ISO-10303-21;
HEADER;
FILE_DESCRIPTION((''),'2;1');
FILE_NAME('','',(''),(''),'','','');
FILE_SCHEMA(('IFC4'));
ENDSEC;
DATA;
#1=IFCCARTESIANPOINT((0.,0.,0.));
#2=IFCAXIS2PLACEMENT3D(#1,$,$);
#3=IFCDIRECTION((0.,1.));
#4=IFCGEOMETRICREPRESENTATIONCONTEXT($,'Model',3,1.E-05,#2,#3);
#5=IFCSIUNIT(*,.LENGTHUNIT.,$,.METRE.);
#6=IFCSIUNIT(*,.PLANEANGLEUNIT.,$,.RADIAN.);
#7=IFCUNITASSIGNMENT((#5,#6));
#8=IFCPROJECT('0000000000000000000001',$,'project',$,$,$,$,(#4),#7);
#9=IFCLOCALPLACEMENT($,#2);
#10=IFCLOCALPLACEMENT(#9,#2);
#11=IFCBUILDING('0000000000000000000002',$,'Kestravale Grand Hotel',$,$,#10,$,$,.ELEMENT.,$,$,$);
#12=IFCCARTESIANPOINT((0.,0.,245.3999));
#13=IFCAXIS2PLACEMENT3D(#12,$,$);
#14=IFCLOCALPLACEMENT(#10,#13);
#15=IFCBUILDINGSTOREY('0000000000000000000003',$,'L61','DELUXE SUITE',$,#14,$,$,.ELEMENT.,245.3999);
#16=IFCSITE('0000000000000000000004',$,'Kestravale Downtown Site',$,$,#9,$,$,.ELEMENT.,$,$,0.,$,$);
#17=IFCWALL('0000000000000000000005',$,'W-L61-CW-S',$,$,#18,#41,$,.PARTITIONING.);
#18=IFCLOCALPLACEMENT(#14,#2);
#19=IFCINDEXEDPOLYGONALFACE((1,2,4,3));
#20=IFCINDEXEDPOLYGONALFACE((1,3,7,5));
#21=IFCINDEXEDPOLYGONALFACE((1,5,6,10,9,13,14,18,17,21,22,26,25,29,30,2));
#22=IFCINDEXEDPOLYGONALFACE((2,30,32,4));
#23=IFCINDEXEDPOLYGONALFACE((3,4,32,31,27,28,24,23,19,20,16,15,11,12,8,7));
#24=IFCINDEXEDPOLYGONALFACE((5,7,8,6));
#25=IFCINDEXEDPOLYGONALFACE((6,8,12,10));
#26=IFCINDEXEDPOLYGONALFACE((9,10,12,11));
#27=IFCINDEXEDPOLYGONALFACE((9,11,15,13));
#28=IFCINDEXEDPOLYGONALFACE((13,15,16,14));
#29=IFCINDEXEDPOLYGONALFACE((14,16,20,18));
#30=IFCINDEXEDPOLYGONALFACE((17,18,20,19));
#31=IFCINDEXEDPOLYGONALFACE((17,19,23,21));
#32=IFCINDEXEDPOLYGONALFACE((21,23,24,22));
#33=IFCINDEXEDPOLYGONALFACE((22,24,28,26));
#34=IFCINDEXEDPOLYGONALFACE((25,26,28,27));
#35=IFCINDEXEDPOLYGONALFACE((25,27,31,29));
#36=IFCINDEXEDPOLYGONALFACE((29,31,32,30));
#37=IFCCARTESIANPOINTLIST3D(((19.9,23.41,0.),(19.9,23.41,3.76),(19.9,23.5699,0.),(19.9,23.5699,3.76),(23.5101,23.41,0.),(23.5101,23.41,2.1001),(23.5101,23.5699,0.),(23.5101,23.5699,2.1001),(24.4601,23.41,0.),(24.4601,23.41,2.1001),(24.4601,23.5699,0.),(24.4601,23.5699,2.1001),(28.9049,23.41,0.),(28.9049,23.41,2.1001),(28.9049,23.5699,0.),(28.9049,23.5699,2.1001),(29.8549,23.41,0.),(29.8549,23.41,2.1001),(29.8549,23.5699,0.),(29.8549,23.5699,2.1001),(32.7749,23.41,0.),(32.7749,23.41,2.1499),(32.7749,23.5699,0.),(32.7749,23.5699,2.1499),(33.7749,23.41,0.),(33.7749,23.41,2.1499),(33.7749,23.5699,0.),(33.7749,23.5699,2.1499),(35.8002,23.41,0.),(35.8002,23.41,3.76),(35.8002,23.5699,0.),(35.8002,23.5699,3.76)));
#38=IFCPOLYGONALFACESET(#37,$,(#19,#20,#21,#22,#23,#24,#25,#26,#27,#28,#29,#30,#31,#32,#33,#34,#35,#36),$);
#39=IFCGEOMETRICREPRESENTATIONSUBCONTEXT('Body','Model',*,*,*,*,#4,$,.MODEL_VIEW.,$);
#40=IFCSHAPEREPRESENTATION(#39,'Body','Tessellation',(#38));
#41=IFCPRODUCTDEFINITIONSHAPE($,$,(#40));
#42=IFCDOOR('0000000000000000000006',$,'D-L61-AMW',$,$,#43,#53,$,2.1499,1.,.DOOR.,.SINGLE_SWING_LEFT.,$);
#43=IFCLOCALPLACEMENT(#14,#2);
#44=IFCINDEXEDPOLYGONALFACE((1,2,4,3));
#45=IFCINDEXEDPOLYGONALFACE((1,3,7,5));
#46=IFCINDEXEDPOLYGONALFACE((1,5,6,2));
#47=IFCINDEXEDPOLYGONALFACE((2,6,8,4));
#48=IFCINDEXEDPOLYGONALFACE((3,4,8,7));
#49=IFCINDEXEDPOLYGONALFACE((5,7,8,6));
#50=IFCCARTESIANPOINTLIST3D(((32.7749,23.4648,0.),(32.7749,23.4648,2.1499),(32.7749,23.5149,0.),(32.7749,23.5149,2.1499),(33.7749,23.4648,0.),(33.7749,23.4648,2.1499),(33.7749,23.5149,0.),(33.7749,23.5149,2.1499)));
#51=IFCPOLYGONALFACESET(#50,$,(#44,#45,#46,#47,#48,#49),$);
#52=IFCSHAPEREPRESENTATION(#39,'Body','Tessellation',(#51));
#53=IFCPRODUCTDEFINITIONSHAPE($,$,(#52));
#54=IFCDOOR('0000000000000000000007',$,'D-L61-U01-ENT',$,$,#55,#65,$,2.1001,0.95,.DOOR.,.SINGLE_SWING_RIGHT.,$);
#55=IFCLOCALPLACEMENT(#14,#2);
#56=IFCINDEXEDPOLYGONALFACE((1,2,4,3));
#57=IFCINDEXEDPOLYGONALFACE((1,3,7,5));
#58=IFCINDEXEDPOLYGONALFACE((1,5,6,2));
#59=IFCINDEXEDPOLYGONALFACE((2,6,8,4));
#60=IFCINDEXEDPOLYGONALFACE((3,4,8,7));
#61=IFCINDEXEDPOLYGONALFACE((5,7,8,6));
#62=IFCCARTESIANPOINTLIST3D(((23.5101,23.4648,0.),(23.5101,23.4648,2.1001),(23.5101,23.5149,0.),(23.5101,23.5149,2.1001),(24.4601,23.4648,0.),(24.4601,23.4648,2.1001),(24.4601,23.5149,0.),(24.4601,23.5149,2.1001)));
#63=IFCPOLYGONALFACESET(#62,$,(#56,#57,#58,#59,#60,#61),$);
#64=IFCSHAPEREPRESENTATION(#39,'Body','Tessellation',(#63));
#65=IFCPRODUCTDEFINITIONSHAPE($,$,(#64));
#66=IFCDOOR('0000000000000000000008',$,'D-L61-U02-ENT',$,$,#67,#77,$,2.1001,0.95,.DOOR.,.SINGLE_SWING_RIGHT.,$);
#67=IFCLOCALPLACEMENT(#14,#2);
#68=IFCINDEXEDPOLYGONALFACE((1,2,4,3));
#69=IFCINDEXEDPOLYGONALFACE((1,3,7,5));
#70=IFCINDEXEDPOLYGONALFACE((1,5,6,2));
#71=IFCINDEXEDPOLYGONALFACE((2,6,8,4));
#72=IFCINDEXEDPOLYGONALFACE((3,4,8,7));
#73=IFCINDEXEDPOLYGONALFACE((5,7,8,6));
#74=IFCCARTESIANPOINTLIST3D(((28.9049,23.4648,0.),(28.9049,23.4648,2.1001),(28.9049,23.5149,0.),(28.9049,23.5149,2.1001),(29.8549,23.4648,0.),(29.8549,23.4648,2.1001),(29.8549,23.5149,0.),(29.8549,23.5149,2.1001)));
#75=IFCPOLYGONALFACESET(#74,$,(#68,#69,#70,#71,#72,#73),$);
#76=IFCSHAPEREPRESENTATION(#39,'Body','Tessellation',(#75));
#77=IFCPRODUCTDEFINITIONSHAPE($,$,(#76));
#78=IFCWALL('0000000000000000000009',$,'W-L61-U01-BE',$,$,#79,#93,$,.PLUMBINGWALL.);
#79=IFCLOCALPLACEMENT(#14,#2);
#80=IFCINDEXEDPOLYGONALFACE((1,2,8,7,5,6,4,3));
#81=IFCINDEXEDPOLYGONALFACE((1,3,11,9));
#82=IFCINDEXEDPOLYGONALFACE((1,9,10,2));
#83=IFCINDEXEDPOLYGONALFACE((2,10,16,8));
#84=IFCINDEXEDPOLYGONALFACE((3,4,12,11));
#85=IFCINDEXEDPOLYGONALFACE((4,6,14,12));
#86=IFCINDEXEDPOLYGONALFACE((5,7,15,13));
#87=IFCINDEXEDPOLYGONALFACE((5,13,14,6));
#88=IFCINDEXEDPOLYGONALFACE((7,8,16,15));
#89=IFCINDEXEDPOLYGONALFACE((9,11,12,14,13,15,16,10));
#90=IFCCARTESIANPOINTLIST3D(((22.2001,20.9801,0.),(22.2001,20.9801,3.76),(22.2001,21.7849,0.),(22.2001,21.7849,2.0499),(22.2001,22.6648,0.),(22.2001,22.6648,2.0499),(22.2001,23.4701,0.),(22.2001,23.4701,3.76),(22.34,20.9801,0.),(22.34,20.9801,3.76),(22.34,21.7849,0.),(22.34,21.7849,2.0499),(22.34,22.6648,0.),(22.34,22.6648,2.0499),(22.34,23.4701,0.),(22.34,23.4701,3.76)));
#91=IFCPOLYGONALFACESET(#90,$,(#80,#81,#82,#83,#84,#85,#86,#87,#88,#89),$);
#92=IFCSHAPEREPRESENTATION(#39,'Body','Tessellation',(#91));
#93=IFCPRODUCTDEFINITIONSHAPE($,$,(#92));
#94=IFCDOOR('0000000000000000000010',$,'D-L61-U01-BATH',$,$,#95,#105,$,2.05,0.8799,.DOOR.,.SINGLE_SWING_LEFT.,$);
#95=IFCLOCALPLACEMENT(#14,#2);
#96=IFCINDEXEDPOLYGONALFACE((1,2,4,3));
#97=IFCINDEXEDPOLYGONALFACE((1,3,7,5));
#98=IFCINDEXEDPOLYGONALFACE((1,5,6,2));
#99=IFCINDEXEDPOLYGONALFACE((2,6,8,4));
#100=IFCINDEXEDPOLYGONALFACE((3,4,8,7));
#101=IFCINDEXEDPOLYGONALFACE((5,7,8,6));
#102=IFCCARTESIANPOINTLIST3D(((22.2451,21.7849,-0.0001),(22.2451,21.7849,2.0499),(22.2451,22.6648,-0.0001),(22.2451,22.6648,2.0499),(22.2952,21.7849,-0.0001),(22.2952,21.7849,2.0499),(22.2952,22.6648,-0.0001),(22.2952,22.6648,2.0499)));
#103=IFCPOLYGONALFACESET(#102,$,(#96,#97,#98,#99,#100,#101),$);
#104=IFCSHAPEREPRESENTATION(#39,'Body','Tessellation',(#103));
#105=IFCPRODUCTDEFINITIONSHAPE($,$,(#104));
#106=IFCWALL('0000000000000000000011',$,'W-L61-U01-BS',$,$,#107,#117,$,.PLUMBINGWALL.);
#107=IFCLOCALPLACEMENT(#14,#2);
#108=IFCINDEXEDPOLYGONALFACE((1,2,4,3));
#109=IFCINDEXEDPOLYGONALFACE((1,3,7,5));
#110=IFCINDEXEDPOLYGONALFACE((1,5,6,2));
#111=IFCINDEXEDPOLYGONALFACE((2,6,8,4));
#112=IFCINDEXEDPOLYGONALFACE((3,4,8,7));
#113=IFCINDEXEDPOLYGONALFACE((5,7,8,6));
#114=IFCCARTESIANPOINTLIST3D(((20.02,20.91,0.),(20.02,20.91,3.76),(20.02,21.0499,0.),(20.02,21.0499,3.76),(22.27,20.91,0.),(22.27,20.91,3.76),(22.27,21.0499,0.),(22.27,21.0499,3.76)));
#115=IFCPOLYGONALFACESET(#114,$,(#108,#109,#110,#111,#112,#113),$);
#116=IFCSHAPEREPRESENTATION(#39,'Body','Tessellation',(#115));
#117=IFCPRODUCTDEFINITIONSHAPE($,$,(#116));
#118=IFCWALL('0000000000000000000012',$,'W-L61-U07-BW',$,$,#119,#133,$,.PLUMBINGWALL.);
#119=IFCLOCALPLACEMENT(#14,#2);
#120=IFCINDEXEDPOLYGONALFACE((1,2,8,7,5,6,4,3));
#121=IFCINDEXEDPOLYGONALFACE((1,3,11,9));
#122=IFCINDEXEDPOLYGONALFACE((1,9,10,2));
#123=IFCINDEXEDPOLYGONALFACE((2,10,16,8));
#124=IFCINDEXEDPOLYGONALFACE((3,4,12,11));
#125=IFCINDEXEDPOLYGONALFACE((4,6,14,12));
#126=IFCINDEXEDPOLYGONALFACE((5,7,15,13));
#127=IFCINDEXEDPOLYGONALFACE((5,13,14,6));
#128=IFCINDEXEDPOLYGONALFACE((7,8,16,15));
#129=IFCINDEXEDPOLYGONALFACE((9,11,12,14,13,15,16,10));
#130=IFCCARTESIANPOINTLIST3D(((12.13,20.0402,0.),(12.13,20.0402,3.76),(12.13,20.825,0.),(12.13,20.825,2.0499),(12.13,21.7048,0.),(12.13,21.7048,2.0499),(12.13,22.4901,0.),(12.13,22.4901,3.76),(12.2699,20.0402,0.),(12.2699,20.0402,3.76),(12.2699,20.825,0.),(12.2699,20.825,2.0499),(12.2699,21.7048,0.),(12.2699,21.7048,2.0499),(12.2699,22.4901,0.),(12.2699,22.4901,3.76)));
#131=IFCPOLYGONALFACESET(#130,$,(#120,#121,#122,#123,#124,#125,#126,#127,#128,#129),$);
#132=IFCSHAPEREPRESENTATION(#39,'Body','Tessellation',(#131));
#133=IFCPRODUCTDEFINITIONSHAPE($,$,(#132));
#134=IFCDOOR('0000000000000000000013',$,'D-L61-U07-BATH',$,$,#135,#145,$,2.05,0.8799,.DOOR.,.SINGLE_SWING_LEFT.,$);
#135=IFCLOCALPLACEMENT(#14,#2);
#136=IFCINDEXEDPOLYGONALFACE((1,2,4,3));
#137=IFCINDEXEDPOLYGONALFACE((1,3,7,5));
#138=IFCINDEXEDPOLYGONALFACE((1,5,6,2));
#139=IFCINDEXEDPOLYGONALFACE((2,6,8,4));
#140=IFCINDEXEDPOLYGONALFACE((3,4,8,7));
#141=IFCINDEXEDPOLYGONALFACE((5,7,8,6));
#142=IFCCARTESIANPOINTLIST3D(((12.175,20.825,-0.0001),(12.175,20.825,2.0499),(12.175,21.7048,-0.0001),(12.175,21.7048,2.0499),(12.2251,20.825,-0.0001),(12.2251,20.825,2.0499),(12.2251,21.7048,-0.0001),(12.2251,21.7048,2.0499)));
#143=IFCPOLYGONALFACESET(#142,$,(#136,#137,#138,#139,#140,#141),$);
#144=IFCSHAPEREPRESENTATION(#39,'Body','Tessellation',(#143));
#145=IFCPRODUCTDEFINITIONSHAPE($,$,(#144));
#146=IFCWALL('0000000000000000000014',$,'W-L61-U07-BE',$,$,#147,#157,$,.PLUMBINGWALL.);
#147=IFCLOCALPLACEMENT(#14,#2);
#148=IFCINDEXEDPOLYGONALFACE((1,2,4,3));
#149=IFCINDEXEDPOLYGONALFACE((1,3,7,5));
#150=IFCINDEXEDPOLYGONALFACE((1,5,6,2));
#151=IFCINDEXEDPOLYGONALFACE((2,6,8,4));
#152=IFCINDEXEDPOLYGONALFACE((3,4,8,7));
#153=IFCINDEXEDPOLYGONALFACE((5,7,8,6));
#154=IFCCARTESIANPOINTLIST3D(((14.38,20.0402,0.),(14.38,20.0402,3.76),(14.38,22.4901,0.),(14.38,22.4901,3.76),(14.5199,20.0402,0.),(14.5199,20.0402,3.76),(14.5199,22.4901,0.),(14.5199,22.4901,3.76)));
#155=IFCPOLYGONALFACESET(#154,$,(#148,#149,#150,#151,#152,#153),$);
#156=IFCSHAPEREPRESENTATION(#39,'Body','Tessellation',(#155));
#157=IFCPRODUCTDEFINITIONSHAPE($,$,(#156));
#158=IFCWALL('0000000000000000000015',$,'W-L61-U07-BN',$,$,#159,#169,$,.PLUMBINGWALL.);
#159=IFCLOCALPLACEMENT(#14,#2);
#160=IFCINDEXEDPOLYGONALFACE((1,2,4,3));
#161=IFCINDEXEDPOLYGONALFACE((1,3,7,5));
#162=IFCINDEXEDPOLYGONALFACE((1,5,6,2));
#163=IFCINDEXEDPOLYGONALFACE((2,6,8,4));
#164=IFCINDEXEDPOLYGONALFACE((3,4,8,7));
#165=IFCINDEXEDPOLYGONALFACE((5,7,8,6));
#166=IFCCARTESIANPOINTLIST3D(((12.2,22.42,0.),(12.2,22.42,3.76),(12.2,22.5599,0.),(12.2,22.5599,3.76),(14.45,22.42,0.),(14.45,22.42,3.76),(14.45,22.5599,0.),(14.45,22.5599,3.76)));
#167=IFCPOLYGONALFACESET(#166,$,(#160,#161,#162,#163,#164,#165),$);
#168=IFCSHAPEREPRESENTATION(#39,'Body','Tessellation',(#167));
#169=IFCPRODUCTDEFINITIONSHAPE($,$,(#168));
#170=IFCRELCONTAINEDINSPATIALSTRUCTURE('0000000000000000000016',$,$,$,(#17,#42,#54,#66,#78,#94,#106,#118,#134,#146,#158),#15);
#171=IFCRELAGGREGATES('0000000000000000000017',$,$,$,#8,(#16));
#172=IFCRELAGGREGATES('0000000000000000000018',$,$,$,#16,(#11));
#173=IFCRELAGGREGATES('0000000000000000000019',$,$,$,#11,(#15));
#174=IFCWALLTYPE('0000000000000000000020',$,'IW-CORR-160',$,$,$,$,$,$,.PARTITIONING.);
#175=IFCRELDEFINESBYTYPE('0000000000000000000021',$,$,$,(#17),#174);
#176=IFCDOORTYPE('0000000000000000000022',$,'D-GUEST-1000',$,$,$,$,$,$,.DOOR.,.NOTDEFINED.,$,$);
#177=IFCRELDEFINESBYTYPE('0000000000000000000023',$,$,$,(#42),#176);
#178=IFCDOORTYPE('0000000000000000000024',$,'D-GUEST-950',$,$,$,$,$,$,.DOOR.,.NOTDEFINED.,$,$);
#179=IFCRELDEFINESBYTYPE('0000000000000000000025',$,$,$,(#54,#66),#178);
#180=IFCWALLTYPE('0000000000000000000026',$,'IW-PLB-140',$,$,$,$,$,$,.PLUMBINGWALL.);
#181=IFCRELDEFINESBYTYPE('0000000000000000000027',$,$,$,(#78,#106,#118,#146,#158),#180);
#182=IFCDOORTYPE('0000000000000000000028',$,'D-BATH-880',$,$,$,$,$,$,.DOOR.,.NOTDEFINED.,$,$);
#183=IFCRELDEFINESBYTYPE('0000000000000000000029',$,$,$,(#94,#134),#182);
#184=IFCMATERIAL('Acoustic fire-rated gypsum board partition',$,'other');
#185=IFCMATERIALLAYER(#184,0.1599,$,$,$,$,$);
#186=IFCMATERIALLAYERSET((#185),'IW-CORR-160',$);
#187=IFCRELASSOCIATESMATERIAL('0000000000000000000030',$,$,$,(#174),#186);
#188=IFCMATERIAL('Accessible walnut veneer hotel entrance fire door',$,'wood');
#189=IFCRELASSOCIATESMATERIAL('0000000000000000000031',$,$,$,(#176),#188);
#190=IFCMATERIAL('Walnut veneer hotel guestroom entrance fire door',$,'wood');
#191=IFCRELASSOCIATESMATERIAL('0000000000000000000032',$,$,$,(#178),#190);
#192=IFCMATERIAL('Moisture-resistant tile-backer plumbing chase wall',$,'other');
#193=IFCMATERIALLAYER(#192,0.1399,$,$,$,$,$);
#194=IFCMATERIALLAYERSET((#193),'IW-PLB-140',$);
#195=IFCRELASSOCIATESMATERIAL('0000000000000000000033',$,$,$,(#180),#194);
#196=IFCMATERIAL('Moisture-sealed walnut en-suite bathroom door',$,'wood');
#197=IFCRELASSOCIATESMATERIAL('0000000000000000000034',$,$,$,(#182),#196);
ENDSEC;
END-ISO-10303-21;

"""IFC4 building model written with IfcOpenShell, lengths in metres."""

from ifc_helpers import new_model, si_unit, direction, frame, frame_2d, origin, place, context, subcontext, project, spatial, rectangle, extrude, material, layer, layer_set, type_object, element, fill, save


model = new_model("IFC4")

# Units and contexts
model_context = context("Model", 3, precision=1e-05, world=origin(), true_north=direction((0.0, 1.0)))
body_context = subcontext(model_context, "Body", "Model", "MODEL_VIEW")
ifc_project = project(units=[si_unit("LENGTHUNIT", "METRE"), si_unit("PLANEANGLEUNIT", "RADIAN")], contexts=[model_context])

# Site, building, storey
site_placement = place(None, origin())
site = spatial("IfcSite", under=ifc_project, at=site_placement, Name="Kestravale Downtown Site", CompositionType="ELEMENT", RefElevation=0.0)
building_placement = place(site_placement, origin())
building = spatial("IfcBuilding", under=site, at=building_placement, Name="Kestravale Grand Hotel", CompositionType="ELEMENT")
storey_placement = place(building_placement, frame((0.0, 0.0, 245.3999)))
storey = spatial("IfcBuildingStorey", under=building, at=storey_placement, Name="L61", Description="DELUXE SUITE", CompositionType="ELEMENT", Elevation=245.3999)

# Shared definitions
ifc_material_1 = material(Name="Acoustic fire-rated gypsum board partition", Category="other")
ifc_layer_1 = layer(ifc_material_1, 0.1599)
ifc_layer_set_1 = layer_set([ifc_layer_1], Name="IW-CORR-160")
wall_type_1 = type_object("IfcWallType", Name="IW-CORR-160", PredefinedType="PARTITIONING", material=ifc_layer_set_1)
ifc_material_2 = material(Name="Accessible walnut veneer hotel entrance fire door", Category="wood")
door_type_1 = type_object("IfcDoorType", Name="D-GUEST-1000", OperationType="NOTDEFINED", PredefinedType="DOOR", material=ifc_material_2)

# Wall, openings, doors
wall_1_placement = place(storey_placement, frame((19.8999, 23.49, 0.0), z_axis=(0.0, 0.0, 1.0), x_axis=(1.0, 0.0, 0.0)))
wall_1 = element("IfcWall", 1, at=wall_1_placement, inside=storey, type_object=wall_type_1, Name="W-L61-CW-S", PredefinedType="PARTITIONING", context=body_context, shape_type="SweptSolid", body=[
    extrude(rectangle(XDim=15.9001, YDim=0.1599, at=frame_2d((7.9502, 0.0))), origin(), (0.0, 0.0, 1.0), 3.76),
])
opening_1_placement = place(wall_1_placement, frame((3.6101, 0.0, 0.0)))
opening_1 = element("IfcOpeningElement", 2, at=opening_1_placement, cuts=wall_1, PredefinedType="OPENING", context=body_context, shape_type="SweptSolid", body=[
    extrude(rectangle(XDim=0.95, YDim=2.1001, at=frame_2d((0.4751, 1.05))), frame((0.0, 0.0898, 0.0), z_axis=(0.0, -1.0, 0.0), x_axis=(1.0, 0.0, 0.0)), (0.0, 0.0, 1.0), 0.1799),
])
opening_2_placement = place(wall_1_placement, frame((9.0049, 0.0, 0.0)))
opening_2 = element("IfcOpeningElement", 3, at=opening_2_placement, cuts=wall_1, PredefinedType="OPENING", context=body_context, shape_type="SweptSolid", body=[
    extrude(rectangle(XDim=0.95, YDim=2.1001, at=frame_2d((0.4751, 1.05))), frame((0.0, 0.0898, 0.0), z_axis=(0.0, -1.0, 0.0), x_axis=(1.0, 0.0, 0.0)), (0.0, 0.0, 1.0), 0.1799),
])
opening_3_placement = place(wall_1_placement, frame((12.875, 0.0, 0.0)))
opening_3 = element("IfcOpeningElement", 4, at=opening_3_placement, cuts=wall_1, PredefinedType="OPENING", context=body_context, shape_type="SweptSolid", body=[
    extrude(rectangle(XDim=1.0, YDim=2.1499, at=frame_2d((0.5, 1.075))), frame((0.0, 0.0898, 0.0), z_axis=(0.0, -1.0, 0.0), x_axis=(1.0, 0.0, 0.0)), (0.0, 0.0, 1.0), 0.1799),
])
door_1_placement = place(opening_3_placement, origin())
door_1 = element("IfcDoor", 5, at=door_1_placement, inside=storey, type_object=door_type_1, Name="D-L61-AMW", OperationType="SINGLE_SWING_LEFT", OverallHeight=2.1499, OverallWidth=1.0, PredefinedType="DOOR", context=body_context, shape_type="SweptSolid", body=[
    extrude(rectangle(XDim=1.0, YDim=2.1499, at=frame_2d((0.5, 1.075))), frame((0.0, 0.0249, 0.0), z_axis=(0.0, -1.0, 0.0), x_axis=(1.0, 0.0, 0.0)), (0.0, 0.0, 1.0), 0.05),
])
fill(opening_3, door_1)
ifc_material_3 = material(Name="Walnut veneer hotel guestroom entrance fire door", Category="wood")
door_type_2 = type_object("IfcDoorType", Name="D-GUEST-950", OperationType="NOTDEFINED", PredefinedType="DOOR", material=ifc_material_3)
door_2_placement = place(opening_1_placement, origin())
door_2 = element("IfcDoor", 6, at=door_2_placement, inside=storey, type_object=door_type_2, Name="D-L61-U01-ENT", OperationType="SINGLE_SWING_RIGHT", OverallHeight=2.1001, OverallWidth=0.95, PredefinedType="DOOR", context=body_context, shape_type="SweptSolid", body=[
    extrude(rectangle(XDim=0.95, YDim=2.1001, at=frame_2d((0.4751, 1.05))), frame((0.0, 0.0249, 0.0), z_axis=(0.0, -1.0, 0.0), x_axis=(1.0, 0.0, 0.0)), (0.0, 0.0, 1.0), 0.05),
])
fill(opening_1, door_2)
door_3_placement = place(opening_2_placement, origin())
door_3 = element("IfcDoor", 7, at=door_3_placement, inside=storey, type_object=door_type_2, Name="D-L61-U02-ENT", OperationType="SINGLE_SWING_RIGHT", OverallHeight=2.1001, OverallWidth=0.95, PredefinedType="DOOR", context=body_context, shape_type="SweptSolid", body=[
    extrude(rectangle(XDim=0.95, YDim=2.1001, at=frame_2d((0.4751, 1.05))), frame((0.0, 0.0249, 0.0), z_axis=(0.0, -1.0, 0.0), x_axis=(1.0, 0.0, 0.0)), (0.0, 0.0, 1.0), 0.05),
])
fill(opening_2, door_3)

# Wall, opening, door
ifc_material_4 = material(Name="Moisture-resistant tile-backer plumbing chase wall", Category="other")
ifc_layer_2 = layer(ifc_material_4, 0.1399)
ifc_layer_set_2 = layer_set([ifc_layer_2], Name="IW-PLB-140")
wall_type_2 = type_object("IfcWallType", Name="IW-PLB-140", PredefinedType="PLUMBINGWALL", material=ifc_layer_set_2)
wall_2_placement = place(storey_placement, frame((22.27, 20.98, 0.0), z_axis=(0.0, 0.0, 1.0), x_axis=(0.0, 1.0, 0.0)))
wall_2 = element("IfcWall", 8, at=wall_2_placement, inside=storey, type_object=wall_type_2, Name="W-L61-U01-BE", PredefinedType="PLUMBINGWALL", context=body_context, shape_type="SweptSolid", body=[
    extrude(rectangle(XDim=2.49, YDim=0.1399, at=frame_2d((1.2451, 0.0))), origin(), (0.0, 0.0, 1.0), 3.76),
])
opening_4_placement = place(wall_2_placement, frame((0.8049, 0.0, 0.0)))
opening_4 = element("IfcOpeningElement", 9, at=opening_4_placement, cuts=wall_2, PredefinedType="OPENING", context=body_context, shape_type="SweptSolid", body=[
    extrude(rectangle(XDim=0.8799, YDim=2.05, at=frame_2d((0.4399, 1.0249))), frame((0.0, 0.0798, 0.0), z_axis=(0.0, -1.0, 0.0), x_axis=(1.0, 0.0, 0.0)), (0.0, 0.0, 1.0), 0.1599),
])
ifc_material_5 = material(Name="Moisture-sealed walnut en-suite bathroom door", Category="wood")
door_type_3 = type_object("IfcDoorType", Name="D-BATH-880", OperationType="NOTDEFINED", PredefinedType="DOOR", material=ifc_material_5)
door_4_placement = place(opening_4_placement, origin())
door_4 = element("IfcDoor", 10, at=door_4_placement, inside=storey, type_object=door_type_3, Name="D-L61-U01-BATH", OperationType="SINGLE_SWING_LEFT", OverallHeight=2.05, OverallWidth=0.8799, PredefinedType="DOOR", context=body_context, shape_type="SweptSolid", body=[
    extrude(rectangle(XDim=0.8799, YDim=2.05, at=frame_2d((0.4399, 1.0249))), frame((0.0, 0.0249, 0.0), z_axis=(0.0, -1.0, 0.0), x_axis=(1.0, 0.0, 0.0)), (0.0, 0.0, 1.0), 0.05),
])
fill(opening_4, door_4)

# Wall
wall_3_placement = place(storey_placement, frame((20.02, 20.98, 0.0), z_axis=(0.0, 0.0, 1.0), x_axis=(1.0, 0.0, 0.0)))
element("IfcWall", 11, at=wall_3_placement, inside=storey, type_object=wall_type_2, Name="W-L61-U01-BS", PredefinedType="PLUMBINGWALL", context=body_context, shape_type="SweptSolid", body=[
    extrude(rectangle(XDim=2.25, YDim=0.1399, at=frame_2d((1.125, 0.0))), origin(), (0.0, 0.0, 1.0), 3.76),
])

# Wall, opening, door
wall_4_placement = place(storey_placement, frame((12.2, 20.04, 0.0), z_axis=(0.0, 0.0, 1.0), x_axis=(0.0, 1.0, 0.0)))
wall_4 = element("IfcWall", 12, at=wall_4_placement, inside=storey, type_object=wall_type_2, Name="W-L61-U07-BW", PredefinedType="PLUMBINGWALL", context=body_context, shape_type="SweptSolid", body=[
    extrude(rectangle(XDim=2.45, YDim=0.1399, at=frame_2d((1.2251, 0.0))), origin(), (0.0, 0.0, 1.0), 3.76),
])
opening_5_placement = place(wall_4_placement, frame((0.7849, 0.0, 0.0)))
opening_5 = element("IfcOpeningElement", 13, at=opening_5_placement, cuts=wall_4, PredefinedType="OPENING", context=body_context, shape_type="SweptSolid", body=[
    extrude(rectangle(XDim=0.8799, YDim=2.05, at=frame_2d((0.4399, 1.0249))), frame((0.0, 0.0798, 0.0), z_axis=(0.0, -1.0, 0.0), x_axis=(1.0, 0.0, 0.0)), (0.0, 0.0, 1.0), 0.1599),
])
door_5_placement = place(opening_5_placement, origin())
door_5 = element("IfcDoor", 14, at=door_5_placement, inside=storey, type_object=door_type_3, Name="D-L61-U07-BATH", OperationType="SINGLE_SWING_LEFT", OverallHeight=2.05, OverallWidth=0.8799, PredefinedType="DOOR", context=body_context, shape_type="SweptSolid", body=[
    extrude(rectangle(XDim=0.8799, YDim=2.05, at=frame_2d((0.4399, 1.0249))), frame((0.0, 0.0249, 0.0), z_axis=(0.0, -1.0, 0.0), x_axis=(1.0, 0.0, 0.0)), (0.0, 0.0, 1.0), 0.05),
])
fill(opening_5, door_5)

# Walls
wall_5_placement = place(storey_placement, frame((14.45, 20.04, 0.0), z_axis=(0.0, 0.0, 1.0), x_axis=(0.0, 1.0, 0.0)))
element("IfcWall", 15, at=wall_5_placement, inside=storey, type_object=wall_type_2, Name="W-L61-U07-BE", PredefinedType="PLUMBINGWALL", context=body_context, shape_type="SweptSolid", body=[
    extrude(rectangle(XDim=2.45, YDim=0.1399, at=frame_2d((1.2251, 0.0))), origin(), (0.0, 0.0, 1.0), 3.76),
])
wall_6_placement = place(storey_placement, frame((12.2, 22.49, 0.0), z_axis=(0.0, 0.0, 1.0), x_axis=(1.0, 0.0, 0.0)))
element("IfcWall", 16, at=wall_6_placement, inside=storey, type_object=wall_type_2, Name="W-L61-U07-BN", PredefinedType="PLUMBINGWALL", context=body_context, shape_type="SweptSolid", body=[
    extrude(rectangle(XDim=2.25, YDim=0.1399, at=frame_2d((1.125, 0.0))), origin(), (0.0, 0.0, 1.0), 3.76),
])

save(model, "model.ifc")
